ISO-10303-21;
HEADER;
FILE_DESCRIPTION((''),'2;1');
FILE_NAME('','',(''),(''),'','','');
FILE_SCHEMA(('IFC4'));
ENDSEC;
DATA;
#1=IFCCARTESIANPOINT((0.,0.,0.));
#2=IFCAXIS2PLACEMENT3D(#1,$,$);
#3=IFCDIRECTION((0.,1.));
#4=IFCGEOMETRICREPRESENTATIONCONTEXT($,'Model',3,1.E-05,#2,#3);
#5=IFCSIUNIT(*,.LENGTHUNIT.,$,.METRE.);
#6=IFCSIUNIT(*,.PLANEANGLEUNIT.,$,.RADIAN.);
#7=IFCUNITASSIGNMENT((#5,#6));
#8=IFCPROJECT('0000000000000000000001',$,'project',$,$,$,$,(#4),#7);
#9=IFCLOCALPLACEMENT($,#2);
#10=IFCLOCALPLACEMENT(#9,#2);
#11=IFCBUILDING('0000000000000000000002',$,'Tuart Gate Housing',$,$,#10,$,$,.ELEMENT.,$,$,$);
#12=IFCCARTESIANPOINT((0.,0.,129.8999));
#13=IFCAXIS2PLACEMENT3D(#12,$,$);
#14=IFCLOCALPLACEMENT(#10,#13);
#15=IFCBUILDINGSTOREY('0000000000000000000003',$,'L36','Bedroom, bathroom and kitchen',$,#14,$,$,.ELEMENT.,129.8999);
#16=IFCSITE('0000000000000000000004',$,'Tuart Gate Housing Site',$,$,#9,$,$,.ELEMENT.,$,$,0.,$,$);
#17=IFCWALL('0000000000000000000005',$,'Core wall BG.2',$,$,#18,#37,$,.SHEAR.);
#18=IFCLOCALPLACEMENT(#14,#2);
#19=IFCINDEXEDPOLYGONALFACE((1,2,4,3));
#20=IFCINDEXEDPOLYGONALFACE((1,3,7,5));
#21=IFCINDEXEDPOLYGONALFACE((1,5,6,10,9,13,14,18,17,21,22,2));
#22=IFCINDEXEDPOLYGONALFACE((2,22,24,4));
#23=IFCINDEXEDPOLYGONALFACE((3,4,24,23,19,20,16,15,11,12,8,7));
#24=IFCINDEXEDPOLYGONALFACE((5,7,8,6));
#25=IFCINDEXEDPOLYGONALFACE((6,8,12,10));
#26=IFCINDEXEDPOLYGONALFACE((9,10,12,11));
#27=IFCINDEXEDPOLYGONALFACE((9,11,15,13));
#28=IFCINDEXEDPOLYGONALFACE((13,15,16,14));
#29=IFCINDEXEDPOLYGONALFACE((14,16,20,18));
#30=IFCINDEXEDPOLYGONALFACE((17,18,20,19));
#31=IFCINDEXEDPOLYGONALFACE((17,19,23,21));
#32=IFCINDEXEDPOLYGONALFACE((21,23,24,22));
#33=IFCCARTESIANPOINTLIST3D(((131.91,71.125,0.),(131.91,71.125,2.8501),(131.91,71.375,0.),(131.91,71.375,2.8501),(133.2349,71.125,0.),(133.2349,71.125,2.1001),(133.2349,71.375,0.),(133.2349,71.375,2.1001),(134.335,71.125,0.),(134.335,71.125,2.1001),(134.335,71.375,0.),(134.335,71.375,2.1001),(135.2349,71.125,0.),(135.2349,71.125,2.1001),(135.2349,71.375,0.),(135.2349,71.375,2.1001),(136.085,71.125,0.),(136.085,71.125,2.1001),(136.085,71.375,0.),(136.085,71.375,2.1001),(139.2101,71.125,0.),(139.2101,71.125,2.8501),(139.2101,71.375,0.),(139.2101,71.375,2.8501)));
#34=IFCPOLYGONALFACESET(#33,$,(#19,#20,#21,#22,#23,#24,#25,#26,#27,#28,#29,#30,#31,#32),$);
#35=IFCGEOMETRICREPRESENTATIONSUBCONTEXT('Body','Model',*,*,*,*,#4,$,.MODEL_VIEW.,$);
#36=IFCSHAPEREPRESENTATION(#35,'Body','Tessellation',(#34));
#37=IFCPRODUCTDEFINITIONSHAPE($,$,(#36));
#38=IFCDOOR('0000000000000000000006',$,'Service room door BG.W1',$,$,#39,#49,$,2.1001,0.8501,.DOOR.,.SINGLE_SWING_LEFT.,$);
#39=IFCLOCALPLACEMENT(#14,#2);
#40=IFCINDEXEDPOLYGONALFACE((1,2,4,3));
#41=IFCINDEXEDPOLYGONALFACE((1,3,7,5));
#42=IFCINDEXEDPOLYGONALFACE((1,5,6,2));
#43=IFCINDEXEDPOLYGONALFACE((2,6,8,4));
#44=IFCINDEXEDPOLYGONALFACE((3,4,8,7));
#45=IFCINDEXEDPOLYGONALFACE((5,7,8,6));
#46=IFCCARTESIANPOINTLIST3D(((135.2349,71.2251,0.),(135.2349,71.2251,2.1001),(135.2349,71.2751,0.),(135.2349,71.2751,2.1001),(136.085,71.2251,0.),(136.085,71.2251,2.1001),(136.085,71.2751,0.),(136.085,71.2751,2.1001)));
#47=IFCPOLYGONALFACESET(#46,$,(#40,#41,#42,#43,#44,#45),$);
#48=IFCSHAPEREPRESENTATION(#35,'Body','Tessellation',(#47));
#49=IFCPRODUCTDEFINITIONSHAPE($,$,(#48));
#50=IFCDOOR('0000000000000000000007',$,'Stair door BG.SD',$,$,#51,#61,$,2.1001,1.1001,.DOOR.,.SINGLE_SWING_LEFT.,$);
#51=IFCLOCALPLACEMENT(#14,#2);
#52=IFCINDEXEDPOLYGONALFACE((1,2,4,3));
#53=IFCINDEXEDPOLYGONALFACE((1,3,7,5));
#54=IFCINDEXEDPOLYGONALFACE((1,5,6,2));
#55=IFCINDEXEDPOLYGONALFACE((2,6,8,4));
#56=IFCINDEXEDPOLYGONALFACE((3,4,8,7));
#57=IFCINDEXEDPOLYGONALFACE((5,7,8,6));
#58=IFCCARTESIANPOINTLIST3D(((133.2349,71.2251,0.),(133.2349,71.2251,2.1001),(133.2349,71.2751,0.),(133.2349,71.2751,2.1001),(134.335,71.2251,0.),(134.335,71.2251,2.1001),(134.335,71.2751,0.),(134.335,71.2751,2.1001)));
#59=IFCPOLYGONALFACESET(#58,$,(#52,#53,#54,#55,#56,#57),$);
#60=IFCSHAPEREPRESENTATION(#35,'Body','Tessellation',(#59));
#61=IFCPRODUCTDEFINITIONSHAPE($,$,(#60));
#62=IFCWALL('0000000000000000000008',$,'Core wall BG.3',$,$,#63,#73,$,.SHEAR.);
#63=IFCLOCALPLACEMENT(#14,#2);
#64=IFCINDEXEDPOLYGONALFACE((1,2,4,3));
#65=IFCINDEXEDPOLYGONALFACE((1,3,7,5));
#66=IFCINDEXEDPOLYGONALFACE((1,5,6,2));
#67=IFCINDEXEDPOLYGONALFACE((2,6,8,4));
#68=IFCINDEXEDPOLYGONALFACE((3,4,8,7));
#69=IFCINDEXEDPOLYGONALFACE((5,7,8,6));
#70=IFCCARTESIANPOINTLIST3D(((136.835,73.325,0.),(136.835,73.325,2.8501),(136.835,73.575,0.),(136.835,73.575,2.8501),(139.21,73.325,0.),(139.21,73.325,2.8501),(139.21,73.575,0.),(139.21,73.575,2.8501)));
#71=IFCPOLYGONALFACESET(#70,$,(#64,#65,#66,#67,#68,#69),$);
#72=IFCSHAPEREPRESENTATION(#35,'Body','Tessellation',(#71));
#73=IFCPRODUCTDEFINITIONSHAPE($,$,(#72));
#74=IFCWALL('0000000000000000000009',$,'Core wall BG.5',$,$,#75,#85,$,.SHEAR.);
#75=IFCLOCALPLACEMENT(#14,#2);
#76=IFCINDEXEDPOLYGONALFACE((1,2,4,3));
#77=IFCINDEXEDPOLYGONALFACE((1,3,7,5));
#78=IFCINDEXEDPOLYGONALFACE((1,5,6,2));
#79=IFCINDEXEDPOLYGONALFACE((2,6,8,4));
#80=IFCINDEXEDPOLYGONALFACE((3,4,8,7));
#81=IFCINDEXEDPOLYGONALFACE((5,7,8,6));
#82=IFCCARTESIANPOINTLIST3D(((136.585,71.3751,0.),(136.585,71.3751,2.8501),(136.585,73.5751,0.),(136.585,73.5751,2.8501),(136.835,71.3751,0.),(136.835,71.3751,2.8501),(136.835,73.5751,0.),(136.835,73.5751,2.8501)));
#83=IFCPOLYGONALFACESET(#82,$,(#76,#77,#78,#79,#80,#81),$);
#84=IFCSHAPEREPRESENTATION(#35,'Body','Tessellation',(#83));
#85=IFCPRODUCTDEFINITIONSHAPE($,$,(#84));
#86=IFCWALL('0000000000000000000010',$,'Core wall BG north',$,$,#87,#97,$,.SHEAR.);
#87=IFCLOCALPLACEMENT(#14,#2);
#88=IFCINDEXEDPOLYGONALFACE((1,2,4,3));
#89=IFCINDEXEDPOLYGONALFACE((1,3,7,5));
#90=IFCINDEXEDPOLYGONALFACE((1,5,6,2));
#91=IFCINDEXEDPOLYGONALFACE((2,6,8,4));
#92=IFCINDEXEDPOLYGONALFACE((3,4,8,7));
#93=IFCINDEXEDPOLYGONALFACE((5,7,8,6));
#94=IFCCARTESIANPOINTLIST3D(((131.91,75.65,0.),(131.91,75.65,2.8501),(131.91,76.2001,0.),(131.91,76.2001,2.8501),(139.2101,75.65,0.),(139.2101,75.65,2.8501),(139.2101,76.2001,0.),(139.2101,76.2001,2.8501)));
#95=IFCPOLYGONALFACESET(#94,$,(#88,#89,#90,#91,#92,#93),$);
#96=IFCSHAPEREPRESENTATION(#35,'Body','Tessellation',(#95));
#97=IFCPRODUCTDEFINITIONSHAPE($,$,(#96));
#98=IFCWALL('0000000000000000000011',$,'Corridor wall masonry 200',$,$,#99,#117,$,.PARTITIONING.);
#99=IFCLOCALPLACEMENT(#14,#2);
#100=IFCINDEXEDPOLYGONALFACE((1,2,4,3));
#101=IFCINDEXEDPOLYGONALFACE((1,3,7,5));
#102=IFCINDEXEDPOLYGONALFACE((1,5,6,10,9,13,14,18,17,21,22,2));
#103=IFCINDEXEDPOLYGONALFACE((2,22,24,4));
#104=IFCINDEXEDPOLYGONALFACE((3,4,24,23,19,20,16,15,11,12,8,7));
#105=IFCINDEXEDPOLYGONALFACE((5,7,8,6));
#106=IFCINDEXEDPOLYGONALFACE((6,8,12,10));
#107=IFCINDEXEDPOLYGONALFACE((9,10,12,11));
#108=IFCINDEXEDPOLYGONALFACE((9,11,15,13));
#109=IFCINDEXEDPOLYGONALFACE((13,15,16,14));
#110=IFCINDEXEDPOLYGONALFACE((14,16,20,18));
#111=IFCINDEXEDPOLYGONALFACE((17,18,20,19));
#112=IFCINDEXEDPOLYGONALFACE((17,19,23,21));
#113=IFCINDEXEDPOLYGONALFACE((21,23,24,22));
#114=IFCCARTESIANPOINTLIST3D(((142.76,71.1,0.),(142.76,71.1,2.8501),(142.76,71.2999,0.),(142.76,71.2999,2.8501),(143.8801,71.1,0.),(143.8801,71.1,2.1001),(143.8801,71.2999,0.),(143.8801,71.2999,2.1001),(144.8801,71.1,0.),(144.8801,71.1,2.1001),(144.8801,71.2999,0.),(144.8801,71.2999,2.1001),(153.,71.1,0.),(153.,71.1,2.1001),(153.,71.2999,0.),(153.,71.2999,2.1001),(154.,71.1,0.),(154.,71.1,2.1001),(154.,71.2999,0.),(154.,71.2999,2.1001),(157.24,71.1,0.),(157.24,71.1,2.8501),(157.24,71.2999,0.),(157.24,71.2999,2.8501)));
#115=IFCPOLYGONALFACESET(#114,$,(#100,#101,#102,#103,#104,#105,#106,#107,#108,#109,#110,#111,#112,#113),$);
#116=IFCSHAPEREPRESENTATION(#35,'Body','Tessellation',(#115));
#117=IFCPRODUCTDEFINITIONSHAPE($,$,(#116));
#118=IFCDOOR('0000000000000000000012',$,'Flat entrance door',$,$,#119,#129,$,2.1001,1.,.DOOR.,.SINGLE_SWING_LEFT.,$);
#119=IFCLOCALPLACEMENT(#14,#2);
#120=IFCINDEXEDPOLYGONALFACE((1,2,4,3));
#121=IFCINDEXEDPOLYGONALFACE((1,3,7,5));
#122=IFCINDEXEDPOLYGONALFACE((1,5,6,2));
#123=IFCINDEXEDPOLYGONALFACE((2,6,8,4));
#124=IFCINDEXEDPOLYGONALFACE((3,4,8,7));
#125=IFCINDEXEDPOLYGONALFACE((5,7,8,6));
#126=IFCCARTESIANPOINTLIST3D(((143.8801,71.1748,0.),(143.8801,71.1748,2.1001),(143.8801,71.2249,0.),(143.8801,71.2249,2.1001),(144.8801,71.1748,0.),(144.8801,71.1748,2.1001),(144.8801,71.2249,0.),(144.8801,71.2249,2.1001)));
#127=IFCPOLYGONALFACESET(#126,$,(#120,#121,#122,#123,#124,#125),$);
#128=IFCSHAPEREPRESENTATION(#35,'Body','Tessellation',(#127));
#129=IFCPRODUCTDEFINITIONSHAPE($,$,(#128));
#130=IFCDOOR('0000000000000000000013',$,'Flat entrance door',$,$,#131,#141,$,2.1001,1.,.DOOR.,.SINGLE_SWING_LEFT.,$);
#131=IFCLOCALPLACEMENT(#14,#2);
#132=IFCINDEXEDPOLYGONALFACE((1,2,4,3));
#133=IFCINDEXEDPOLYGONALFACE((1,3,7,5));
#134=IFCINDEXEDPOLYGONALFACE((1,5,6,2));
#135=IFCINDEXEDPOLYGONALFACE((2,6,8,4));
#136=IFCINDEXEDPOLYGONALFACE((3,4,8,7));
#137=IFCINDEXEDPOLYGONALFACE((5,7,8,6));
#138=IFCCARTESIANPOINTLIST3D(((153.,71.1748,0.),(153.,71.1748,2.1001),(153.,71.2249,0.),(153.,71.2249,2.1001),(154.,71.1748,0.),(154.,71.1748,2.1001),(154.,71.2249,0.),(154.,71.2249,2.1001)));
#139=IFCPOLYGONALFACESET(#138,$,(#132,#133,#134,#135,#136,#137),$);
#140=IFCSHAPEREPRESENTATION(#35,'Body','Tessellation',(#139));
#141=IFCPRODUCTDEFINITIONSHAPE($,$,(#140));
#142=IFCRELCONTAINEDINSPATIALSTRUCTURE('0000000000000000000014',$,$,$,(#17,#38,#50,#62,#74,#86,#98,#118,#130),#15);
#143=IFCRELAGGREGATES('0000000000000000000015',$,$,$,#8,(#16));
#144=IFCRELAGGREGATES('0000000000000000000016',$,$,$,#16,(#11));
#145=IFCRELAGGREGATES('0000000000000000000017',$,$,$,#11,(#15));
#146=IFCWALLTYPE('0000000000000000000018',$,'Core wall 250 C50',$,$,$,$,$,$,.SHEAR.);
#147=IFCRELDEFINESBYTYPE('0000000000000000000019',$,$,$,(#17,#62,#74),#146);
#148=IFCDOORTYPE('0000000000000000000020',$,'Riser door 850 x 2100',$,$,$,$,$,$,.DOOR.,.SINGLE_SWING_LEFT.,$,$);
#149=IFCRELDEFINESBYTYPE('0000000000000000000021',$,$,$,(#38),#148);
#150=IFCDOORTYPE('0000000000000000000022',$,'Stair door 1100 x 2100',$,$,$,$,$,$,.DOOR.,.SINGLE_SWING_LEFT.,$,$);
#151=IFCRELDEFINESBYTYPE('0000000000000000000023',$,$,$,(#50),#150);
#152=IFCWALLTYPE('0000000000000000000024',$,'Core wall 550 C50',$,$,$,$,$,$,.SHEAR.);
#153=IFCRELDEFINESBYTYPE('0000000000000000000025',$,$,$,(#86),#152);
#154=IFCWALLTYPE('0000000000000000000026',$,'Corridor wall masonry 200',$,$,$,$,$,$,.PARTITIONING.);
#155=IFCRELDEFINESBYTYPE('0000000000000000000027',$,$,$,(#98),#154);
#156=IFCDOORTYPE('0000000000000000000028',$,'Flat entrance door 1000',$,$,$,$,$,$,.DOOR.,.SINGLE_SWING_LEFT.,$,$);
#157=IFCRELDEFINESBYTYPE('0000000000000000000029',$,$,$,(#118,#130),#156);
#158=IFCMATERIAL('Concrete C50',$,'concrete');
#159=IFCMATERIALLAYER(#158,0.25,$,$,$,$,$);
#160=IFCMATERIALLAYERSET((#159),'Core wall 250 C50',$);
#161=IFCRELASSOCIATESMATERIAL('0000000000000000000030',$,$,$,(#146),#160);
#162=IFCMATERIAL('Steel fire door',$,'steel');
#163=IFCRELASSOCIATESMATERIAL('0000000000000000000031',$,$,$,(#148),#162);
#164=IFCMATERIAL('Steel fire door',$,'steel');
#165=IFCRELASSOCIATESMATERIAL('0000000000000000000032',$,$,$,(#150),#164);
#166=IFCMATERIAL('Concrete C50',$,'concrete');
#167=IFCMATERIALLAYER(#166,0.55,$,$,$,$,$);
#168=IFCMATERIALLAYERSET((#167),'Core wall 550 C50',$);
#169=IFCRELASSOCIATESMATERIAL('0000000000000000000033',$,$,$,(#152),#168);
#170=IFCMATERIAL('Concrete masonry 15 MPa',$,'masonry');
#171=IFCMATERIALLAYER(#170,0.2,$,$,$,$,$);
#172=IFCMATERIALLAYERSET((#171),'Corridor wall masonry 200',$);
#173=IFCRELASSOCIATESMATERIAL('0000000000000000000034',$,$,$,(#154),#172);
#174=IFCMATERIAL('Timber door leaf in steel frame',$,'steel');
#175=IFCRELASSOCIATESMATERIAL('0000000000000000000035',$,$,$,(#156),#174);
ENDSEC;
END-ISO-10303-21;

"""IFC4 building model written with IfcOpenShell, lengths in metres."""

from ifc_helpers import new_model, si_unit, direction, frame, frame_2d, origin, place, context, subcontext, project, spatial, rectangle, extrude, material, layer, layer_set, type_object, element, fill, save


model = new_model("IFC4")

# Units and contexts
model_context = context("Model", 3, precision=1e-05, world=origin(), true_north=direction((0.0, 1.0)))
body_context = subcontext(model_context, "Body", "Model", "MODEL_VIEW")
ifc_project = project(units=[si_unit("LENGTHUNIT", "METRE"), si_unit("PLANEANGLEUNIT", "RADIAN")], contexts=[model_context])

# Site, building, storey
site_placement = place(None, origin())
site = spatial("IfcSite", under=ifc_project, at=site_placement, Name="Tuart Gate Housing Site", CompositionType="ELEMENT", RefElevation=0.0)
building_placement = place(site_placement, origin())
building = spatial("IfcBuilding", under=site, at=building_placement, Name="Tuart Gate Housing", CompositionType="ELEMENT")
storey_placement = place(building_placement, frame((0.0, 0.0, 129.8999)))
storey = spatial("IfcBuildingStorey", under=building, at=storey_placement, Name="L36", Description="Bedroom, bathroom and kitchen", CompositionType="ELEMENT", Elevation=129.8999)

# Wall, openings, doors
ifc_material_1 = material(Name="Concrete C50", Category="concrete")
ifc_layer_1 = layer(ifc_material_1, 0.25)
ifc_layer_set_1 = layer_set([ifc_layer_1], Name="Core wall 250 C50")
wall_type_1 = type_object("IfcWallType", Name="Core wall 250 C50", PredefinedType="SHEAR", material=ifc_layer_set_1)
wall_1_placement = place(storey_placement, frame((139.21, 71.25, 0.0), z_axis=(0.0, 0.0, 1.0), x_axis=(-1.0, 0.0, 0.0)))
wall_1 = element("IfcWall", 1, at=wall_1_placement, inside=storey, type_object=wall_type_1, Name="Core wall BG.2", PredefinedType="SHEAR", context=body_context, shape_type="SweptSolid", body=[
    extrude(rectangle(XDim=7.3, YDim=0.25, at=frame_2d((3.6499, 0.0))), origin(), (0.0, 0.0, 1.0), 2.8501),
])
opening_1_placement = place(wall_1_placement, frame((4.875, 0.0, 0.0)))
opening_1 = element("IfcOpeningElement", 2, at=opening_1_placement, cuts=wall_1, PredefinedType="OPENING", context=body_context, shape_type="SweptSolid", body=[
    extrude(rectangle(XDim=1.1001, YDim=2.1001, at=frame_2d((0.55, 1.05))), frame((0.0, 0.135, 0.0), z_axis=(0.0, -1.0, 0.0), x_axis=(1.0, 0.0, 0.0)), (0.0, 0.0, 1.0), 0.27),
])
opening_2_placement = place(wall_1_placement, frame((3.125, 0.0, 0.0)))
opening_2 = element("IfcOpeningElement", 3, at=opening_2_placement, cuts=wall_1, PredefinedType="OPENING", context=body_context, shape_type="SweptSolid", body=[
    extrude(rectangle(XDim=0.8501, YDim=2.1001, at=frame_2d((0.425, 1.05))), frame((0.0, 0.135, 0.0), z_axis=(0.0, -1.0, 0.0), x_axis=(1.0, 0.0, 0.0)), (0.0, 0.0, 1.0), 0.27),
])
ifc_material_2 = material(Name="Steel fire door", Category="steel")
door_type_1 = type_object("IfcDoorType", Name="Riser door 850 x 2100", OperationType="SINGLE_SWING_LEFT", PredefinedType="DOOR", material=ifc_material_2)
door_1_placement = place(opening_2_placement, origin())
door_1 = element("IfcDoor", 4, at=door_1_placement, inside=storey, type_object=door_type_1, Name="Service room door BG.W1", OperationType="SINGLE_SWING_LEFT", OverallHeight=2.1001, OverallWidth=0.8501, PredefinedType="DOOR", context=body_context, shape_type="SweptSolid", body=[
    extrude(rectangle(XDim=0.8501, YDim=2.1001, at=frame_2d((0.425, 1.05))), frame((0.0, 0.0249, 0.0), z_axis=(0.0, -1.0, 0.0), x_axis=(1.0, 0.0, 0.0)), (0.0, 0.0, 1.0), 0.05),
])
fill(opening_2, door_1)
ifc_material_3 = material(Name="Steel fire door", Category="steel")
door_type_2 = type_object("IfcDoorType", Name="Stair door 1100 x 2100", OperationType="SINGLE_SWING_LEFT", PredefinedType="DOOR", material=ifc_material_3)
door_2_placement = place(opening_1_placement, origin())
door_2 = element("IfcDoor", 5, at=door_2_placement, inside=storey, type_object=door_type_2, Name="Stair door BG.SD", OperationType="SINGLE_SWING_LEFT", OverallHeight=2.1001, OverallWidth=1.1001, PredefinedType="DOOR", context=body_context, shape_type="SweptSolid", body=[
    extrude(rectangle(XDim=1.1001, YDim=2.1001, at=frame_2d((0.55, 1.05))), frame((0.0, 0.0249, 0.0), z_axis=(0.0, -1.0, 0.0), x_axis=(1.0, 0.0, 0.0)), (0.0, 0.0, 1.0), 0.05),
])
fill(opening_1, door_2)

# Walls
wall_2_placement = place(storey_placement, frame((139.21, 73.45, 0.0), z_axis=(0.0, 0.0, 1.0), x_axis=(-1.0, 0.0, 0.0)))
element("IfcWall", 6, at=wall_2_placement, inside=storey, type_object=wall_type_1, Name="Core wall BG.3", PredefinedType="SHEAR", context=body_context, shape_type="SweptSolid", body=[
    extrude(rectangle(XDim=2.375, YDim=0.25, at=frame_2d((1.1875, 0.0))), origin(), (0.0, 0.0, 1.0), 2.8501),
])
wall_3_placement = place(storey_placement, frame((136.71, 71.375, 0.0), z_axis=(0.0, 0.0, 1.0), x_axis=(0.0, 1.0, 0.0)))
element("IfcWall", 7, at=wall_3_placement, inside=storey, type_object=wall_type_1, Name="Core wall BG.5", PredefinedType="SHEAR", context=body_context, shape_type="SweptSolid", body=[
    extrude(rectangle(XDim=2.2, YDim=0.25, at=frame_2d((1.1001, 0.0))), origin(), (0.0, 0.0, 1.0), 2.8501),
])
ifc_material_4 = material(Name="Concrete C50", Category="concrete")
ifc_layer_2 = layer(ifc_material_4, 0.55)
ifc_layer_set_2 = layer_set([ifc_layer_2], Name="Core wall 550 C50")
wall_type_2 = type_object("IfcWallType", Name="Core wall 550 C50", PredefinedType="SHEAR", material=ifc_layer_set_2)
wall_4_placement = place(storey_placement, frame((139.21, 75.925, 0.0), z_axis=(0.0, 0.0, 1.0), x_axis=(-1.0, 0.0, 0.0)))
element("IfcWall", 8, at=wall_4_placement, inside=storey, type_object=wall_type_2, Name="Core wall BG north", PredefinedType="SHEAR", context=body_context, shape_type="SweptSolid", body=[
    extrude(rectangle(XDim=7.3, YDim=0.55, at=frame_2d((3.6499, 0.0))), origin(), (0.0, 0.0, 1.0), 2.8501),
])

# Wall, openings, doors
ifc_material_5 = material(Name="Concrete masonry 15 MPa", Category="masonry")
ifc_layer_3 = layer(ifc_material_5, 0.2)
ifc_layer_set_3 = layer_set([ifc_layer_3], Name="Corridor wall masonry 200")
wall_type_3 = type_object("IfcWallType", Name="Corridor wall masonry 200", PredefinedType="PARTITIONING", material=ifc_layer_set_3)
wall_5_placement = place(storey_placement, frame((142.76, 71.2, 0.0), z_axis=(0.0, 0.0, 1.0), x_axis=(1.0, 0.0, 0.0)))
wall_5 = element("IfcWall", 9, at=wall_5_placement, inside=storey, type_object=wall_type_3, Name="Corridor wall masonry 200", PredefinedType="PARTITIONING", context=body_context, shape_type="SweptSolid", body=[
    extrude(rectangle(XDim=14.48, YDim=0.2, at=frame_2d((7.24, 0.0))), origin(), (0.0, 0.0, 1.0), 2.8501),
])
opening_3_placement = place(wall_5_placement, frame((1.1201, 0.0, 0.0)))
opening_3 = element("IfcOpeningElement", 10, at=opening_3_placement, cuts=wall_5, PredefinedType="OPENING", context=body_context, shape_type="SweptSolid", body=[
    extrude(rectangle(XDim=1.0, YDim=2.1001, at=frame_2d((0.5, 1.05))), frame((0.0, 0.1099, 0.0), z_axis=(0.0, -1.0, 0.0), x_axis=(1.0, 0.0, 0.0)), (0.0, 0.0, 1.0), 0.22),
])
opening_4_placement = place(wall_5_placement, frame((10.24, 0.0, 0.0)))
opening_4 = element("IfcOpeningElement", 11, at=opening_4_placement, cuts=wall_5, PredefinedType="OPENING", context=body_context, shape_type="SweptSolid", body=[
    extrude(rectangle(XDim=1.0, YDim=2.1001, at=frame_2d((0.5, 1.05))), frame((0.0, 0.1099, 0.0), z_axis=(0.0, -1.0, 0.0), x_axis=(1.0, 0.0, 0.0)), (0.0, 0.0, 1.0), 0.22),
])
ifc_material_6 = material(Name="Timber door leaf in steel frame", Category="steel")
door_type_3 = type_object("IfcDoorType", Name="Flat entrance door 1000", OperationType="SINGLE_SWING_LEFT", PredefinedType="DOOR", material=ifc_material_6)
door_3_placement = place(opening_3_placement, origin())
door_3 = element("IfcDoor", 12, at=door_3_placement, inside=storey, type_object=door_type_3, Name="Flat entrance door", OperationType="SINGLE_SWING_LEFT", OverallHeight=2.1001, OverallWidth=1.0, PredefinedType="DOOR", context=body_context, shape_type="SweptSolid", body=[
    extrude(rectangle(XDim=1.0, YDim=2.1001, at=frame_2d((0.5, 1.05))), frame((0.0, 0.0249, 0.0), z_axis=(0.0, -1.0, 0.0), x_axis=(1.0, 0.0, 0.0)), (0.0, 0.0, 1.0), 0.05),
])
fill(opening_3, door_3)
door_4_placement = place(opening_4_placement, origin())
door_4 = element("IfcDoor", 13, at=door_4_placement, inside=storey, type_object=door_type_3, Name="Flat entrance door", OperationType="SINGLE_SWING_LEFT", OverallHeight=2.1001, OverallWidth=1.0, PredefinedType="DOOR", context=body_context, shape_type="SweptSolid", body=[
    extrude(rectangle(XDim=1.0, YDim=2.1001, at=frame_2d((0.5, 1.05))), frame((0.0, 0.0249, 0.0), z_axis=(0.0, -1.0, 0.0), x_axis=(1.0, 0.0, 0.0)), (0.0, 0.0, 1.0), 0.05),
])
fill(opening_4, door_4)

save(model, "model.ifc")
